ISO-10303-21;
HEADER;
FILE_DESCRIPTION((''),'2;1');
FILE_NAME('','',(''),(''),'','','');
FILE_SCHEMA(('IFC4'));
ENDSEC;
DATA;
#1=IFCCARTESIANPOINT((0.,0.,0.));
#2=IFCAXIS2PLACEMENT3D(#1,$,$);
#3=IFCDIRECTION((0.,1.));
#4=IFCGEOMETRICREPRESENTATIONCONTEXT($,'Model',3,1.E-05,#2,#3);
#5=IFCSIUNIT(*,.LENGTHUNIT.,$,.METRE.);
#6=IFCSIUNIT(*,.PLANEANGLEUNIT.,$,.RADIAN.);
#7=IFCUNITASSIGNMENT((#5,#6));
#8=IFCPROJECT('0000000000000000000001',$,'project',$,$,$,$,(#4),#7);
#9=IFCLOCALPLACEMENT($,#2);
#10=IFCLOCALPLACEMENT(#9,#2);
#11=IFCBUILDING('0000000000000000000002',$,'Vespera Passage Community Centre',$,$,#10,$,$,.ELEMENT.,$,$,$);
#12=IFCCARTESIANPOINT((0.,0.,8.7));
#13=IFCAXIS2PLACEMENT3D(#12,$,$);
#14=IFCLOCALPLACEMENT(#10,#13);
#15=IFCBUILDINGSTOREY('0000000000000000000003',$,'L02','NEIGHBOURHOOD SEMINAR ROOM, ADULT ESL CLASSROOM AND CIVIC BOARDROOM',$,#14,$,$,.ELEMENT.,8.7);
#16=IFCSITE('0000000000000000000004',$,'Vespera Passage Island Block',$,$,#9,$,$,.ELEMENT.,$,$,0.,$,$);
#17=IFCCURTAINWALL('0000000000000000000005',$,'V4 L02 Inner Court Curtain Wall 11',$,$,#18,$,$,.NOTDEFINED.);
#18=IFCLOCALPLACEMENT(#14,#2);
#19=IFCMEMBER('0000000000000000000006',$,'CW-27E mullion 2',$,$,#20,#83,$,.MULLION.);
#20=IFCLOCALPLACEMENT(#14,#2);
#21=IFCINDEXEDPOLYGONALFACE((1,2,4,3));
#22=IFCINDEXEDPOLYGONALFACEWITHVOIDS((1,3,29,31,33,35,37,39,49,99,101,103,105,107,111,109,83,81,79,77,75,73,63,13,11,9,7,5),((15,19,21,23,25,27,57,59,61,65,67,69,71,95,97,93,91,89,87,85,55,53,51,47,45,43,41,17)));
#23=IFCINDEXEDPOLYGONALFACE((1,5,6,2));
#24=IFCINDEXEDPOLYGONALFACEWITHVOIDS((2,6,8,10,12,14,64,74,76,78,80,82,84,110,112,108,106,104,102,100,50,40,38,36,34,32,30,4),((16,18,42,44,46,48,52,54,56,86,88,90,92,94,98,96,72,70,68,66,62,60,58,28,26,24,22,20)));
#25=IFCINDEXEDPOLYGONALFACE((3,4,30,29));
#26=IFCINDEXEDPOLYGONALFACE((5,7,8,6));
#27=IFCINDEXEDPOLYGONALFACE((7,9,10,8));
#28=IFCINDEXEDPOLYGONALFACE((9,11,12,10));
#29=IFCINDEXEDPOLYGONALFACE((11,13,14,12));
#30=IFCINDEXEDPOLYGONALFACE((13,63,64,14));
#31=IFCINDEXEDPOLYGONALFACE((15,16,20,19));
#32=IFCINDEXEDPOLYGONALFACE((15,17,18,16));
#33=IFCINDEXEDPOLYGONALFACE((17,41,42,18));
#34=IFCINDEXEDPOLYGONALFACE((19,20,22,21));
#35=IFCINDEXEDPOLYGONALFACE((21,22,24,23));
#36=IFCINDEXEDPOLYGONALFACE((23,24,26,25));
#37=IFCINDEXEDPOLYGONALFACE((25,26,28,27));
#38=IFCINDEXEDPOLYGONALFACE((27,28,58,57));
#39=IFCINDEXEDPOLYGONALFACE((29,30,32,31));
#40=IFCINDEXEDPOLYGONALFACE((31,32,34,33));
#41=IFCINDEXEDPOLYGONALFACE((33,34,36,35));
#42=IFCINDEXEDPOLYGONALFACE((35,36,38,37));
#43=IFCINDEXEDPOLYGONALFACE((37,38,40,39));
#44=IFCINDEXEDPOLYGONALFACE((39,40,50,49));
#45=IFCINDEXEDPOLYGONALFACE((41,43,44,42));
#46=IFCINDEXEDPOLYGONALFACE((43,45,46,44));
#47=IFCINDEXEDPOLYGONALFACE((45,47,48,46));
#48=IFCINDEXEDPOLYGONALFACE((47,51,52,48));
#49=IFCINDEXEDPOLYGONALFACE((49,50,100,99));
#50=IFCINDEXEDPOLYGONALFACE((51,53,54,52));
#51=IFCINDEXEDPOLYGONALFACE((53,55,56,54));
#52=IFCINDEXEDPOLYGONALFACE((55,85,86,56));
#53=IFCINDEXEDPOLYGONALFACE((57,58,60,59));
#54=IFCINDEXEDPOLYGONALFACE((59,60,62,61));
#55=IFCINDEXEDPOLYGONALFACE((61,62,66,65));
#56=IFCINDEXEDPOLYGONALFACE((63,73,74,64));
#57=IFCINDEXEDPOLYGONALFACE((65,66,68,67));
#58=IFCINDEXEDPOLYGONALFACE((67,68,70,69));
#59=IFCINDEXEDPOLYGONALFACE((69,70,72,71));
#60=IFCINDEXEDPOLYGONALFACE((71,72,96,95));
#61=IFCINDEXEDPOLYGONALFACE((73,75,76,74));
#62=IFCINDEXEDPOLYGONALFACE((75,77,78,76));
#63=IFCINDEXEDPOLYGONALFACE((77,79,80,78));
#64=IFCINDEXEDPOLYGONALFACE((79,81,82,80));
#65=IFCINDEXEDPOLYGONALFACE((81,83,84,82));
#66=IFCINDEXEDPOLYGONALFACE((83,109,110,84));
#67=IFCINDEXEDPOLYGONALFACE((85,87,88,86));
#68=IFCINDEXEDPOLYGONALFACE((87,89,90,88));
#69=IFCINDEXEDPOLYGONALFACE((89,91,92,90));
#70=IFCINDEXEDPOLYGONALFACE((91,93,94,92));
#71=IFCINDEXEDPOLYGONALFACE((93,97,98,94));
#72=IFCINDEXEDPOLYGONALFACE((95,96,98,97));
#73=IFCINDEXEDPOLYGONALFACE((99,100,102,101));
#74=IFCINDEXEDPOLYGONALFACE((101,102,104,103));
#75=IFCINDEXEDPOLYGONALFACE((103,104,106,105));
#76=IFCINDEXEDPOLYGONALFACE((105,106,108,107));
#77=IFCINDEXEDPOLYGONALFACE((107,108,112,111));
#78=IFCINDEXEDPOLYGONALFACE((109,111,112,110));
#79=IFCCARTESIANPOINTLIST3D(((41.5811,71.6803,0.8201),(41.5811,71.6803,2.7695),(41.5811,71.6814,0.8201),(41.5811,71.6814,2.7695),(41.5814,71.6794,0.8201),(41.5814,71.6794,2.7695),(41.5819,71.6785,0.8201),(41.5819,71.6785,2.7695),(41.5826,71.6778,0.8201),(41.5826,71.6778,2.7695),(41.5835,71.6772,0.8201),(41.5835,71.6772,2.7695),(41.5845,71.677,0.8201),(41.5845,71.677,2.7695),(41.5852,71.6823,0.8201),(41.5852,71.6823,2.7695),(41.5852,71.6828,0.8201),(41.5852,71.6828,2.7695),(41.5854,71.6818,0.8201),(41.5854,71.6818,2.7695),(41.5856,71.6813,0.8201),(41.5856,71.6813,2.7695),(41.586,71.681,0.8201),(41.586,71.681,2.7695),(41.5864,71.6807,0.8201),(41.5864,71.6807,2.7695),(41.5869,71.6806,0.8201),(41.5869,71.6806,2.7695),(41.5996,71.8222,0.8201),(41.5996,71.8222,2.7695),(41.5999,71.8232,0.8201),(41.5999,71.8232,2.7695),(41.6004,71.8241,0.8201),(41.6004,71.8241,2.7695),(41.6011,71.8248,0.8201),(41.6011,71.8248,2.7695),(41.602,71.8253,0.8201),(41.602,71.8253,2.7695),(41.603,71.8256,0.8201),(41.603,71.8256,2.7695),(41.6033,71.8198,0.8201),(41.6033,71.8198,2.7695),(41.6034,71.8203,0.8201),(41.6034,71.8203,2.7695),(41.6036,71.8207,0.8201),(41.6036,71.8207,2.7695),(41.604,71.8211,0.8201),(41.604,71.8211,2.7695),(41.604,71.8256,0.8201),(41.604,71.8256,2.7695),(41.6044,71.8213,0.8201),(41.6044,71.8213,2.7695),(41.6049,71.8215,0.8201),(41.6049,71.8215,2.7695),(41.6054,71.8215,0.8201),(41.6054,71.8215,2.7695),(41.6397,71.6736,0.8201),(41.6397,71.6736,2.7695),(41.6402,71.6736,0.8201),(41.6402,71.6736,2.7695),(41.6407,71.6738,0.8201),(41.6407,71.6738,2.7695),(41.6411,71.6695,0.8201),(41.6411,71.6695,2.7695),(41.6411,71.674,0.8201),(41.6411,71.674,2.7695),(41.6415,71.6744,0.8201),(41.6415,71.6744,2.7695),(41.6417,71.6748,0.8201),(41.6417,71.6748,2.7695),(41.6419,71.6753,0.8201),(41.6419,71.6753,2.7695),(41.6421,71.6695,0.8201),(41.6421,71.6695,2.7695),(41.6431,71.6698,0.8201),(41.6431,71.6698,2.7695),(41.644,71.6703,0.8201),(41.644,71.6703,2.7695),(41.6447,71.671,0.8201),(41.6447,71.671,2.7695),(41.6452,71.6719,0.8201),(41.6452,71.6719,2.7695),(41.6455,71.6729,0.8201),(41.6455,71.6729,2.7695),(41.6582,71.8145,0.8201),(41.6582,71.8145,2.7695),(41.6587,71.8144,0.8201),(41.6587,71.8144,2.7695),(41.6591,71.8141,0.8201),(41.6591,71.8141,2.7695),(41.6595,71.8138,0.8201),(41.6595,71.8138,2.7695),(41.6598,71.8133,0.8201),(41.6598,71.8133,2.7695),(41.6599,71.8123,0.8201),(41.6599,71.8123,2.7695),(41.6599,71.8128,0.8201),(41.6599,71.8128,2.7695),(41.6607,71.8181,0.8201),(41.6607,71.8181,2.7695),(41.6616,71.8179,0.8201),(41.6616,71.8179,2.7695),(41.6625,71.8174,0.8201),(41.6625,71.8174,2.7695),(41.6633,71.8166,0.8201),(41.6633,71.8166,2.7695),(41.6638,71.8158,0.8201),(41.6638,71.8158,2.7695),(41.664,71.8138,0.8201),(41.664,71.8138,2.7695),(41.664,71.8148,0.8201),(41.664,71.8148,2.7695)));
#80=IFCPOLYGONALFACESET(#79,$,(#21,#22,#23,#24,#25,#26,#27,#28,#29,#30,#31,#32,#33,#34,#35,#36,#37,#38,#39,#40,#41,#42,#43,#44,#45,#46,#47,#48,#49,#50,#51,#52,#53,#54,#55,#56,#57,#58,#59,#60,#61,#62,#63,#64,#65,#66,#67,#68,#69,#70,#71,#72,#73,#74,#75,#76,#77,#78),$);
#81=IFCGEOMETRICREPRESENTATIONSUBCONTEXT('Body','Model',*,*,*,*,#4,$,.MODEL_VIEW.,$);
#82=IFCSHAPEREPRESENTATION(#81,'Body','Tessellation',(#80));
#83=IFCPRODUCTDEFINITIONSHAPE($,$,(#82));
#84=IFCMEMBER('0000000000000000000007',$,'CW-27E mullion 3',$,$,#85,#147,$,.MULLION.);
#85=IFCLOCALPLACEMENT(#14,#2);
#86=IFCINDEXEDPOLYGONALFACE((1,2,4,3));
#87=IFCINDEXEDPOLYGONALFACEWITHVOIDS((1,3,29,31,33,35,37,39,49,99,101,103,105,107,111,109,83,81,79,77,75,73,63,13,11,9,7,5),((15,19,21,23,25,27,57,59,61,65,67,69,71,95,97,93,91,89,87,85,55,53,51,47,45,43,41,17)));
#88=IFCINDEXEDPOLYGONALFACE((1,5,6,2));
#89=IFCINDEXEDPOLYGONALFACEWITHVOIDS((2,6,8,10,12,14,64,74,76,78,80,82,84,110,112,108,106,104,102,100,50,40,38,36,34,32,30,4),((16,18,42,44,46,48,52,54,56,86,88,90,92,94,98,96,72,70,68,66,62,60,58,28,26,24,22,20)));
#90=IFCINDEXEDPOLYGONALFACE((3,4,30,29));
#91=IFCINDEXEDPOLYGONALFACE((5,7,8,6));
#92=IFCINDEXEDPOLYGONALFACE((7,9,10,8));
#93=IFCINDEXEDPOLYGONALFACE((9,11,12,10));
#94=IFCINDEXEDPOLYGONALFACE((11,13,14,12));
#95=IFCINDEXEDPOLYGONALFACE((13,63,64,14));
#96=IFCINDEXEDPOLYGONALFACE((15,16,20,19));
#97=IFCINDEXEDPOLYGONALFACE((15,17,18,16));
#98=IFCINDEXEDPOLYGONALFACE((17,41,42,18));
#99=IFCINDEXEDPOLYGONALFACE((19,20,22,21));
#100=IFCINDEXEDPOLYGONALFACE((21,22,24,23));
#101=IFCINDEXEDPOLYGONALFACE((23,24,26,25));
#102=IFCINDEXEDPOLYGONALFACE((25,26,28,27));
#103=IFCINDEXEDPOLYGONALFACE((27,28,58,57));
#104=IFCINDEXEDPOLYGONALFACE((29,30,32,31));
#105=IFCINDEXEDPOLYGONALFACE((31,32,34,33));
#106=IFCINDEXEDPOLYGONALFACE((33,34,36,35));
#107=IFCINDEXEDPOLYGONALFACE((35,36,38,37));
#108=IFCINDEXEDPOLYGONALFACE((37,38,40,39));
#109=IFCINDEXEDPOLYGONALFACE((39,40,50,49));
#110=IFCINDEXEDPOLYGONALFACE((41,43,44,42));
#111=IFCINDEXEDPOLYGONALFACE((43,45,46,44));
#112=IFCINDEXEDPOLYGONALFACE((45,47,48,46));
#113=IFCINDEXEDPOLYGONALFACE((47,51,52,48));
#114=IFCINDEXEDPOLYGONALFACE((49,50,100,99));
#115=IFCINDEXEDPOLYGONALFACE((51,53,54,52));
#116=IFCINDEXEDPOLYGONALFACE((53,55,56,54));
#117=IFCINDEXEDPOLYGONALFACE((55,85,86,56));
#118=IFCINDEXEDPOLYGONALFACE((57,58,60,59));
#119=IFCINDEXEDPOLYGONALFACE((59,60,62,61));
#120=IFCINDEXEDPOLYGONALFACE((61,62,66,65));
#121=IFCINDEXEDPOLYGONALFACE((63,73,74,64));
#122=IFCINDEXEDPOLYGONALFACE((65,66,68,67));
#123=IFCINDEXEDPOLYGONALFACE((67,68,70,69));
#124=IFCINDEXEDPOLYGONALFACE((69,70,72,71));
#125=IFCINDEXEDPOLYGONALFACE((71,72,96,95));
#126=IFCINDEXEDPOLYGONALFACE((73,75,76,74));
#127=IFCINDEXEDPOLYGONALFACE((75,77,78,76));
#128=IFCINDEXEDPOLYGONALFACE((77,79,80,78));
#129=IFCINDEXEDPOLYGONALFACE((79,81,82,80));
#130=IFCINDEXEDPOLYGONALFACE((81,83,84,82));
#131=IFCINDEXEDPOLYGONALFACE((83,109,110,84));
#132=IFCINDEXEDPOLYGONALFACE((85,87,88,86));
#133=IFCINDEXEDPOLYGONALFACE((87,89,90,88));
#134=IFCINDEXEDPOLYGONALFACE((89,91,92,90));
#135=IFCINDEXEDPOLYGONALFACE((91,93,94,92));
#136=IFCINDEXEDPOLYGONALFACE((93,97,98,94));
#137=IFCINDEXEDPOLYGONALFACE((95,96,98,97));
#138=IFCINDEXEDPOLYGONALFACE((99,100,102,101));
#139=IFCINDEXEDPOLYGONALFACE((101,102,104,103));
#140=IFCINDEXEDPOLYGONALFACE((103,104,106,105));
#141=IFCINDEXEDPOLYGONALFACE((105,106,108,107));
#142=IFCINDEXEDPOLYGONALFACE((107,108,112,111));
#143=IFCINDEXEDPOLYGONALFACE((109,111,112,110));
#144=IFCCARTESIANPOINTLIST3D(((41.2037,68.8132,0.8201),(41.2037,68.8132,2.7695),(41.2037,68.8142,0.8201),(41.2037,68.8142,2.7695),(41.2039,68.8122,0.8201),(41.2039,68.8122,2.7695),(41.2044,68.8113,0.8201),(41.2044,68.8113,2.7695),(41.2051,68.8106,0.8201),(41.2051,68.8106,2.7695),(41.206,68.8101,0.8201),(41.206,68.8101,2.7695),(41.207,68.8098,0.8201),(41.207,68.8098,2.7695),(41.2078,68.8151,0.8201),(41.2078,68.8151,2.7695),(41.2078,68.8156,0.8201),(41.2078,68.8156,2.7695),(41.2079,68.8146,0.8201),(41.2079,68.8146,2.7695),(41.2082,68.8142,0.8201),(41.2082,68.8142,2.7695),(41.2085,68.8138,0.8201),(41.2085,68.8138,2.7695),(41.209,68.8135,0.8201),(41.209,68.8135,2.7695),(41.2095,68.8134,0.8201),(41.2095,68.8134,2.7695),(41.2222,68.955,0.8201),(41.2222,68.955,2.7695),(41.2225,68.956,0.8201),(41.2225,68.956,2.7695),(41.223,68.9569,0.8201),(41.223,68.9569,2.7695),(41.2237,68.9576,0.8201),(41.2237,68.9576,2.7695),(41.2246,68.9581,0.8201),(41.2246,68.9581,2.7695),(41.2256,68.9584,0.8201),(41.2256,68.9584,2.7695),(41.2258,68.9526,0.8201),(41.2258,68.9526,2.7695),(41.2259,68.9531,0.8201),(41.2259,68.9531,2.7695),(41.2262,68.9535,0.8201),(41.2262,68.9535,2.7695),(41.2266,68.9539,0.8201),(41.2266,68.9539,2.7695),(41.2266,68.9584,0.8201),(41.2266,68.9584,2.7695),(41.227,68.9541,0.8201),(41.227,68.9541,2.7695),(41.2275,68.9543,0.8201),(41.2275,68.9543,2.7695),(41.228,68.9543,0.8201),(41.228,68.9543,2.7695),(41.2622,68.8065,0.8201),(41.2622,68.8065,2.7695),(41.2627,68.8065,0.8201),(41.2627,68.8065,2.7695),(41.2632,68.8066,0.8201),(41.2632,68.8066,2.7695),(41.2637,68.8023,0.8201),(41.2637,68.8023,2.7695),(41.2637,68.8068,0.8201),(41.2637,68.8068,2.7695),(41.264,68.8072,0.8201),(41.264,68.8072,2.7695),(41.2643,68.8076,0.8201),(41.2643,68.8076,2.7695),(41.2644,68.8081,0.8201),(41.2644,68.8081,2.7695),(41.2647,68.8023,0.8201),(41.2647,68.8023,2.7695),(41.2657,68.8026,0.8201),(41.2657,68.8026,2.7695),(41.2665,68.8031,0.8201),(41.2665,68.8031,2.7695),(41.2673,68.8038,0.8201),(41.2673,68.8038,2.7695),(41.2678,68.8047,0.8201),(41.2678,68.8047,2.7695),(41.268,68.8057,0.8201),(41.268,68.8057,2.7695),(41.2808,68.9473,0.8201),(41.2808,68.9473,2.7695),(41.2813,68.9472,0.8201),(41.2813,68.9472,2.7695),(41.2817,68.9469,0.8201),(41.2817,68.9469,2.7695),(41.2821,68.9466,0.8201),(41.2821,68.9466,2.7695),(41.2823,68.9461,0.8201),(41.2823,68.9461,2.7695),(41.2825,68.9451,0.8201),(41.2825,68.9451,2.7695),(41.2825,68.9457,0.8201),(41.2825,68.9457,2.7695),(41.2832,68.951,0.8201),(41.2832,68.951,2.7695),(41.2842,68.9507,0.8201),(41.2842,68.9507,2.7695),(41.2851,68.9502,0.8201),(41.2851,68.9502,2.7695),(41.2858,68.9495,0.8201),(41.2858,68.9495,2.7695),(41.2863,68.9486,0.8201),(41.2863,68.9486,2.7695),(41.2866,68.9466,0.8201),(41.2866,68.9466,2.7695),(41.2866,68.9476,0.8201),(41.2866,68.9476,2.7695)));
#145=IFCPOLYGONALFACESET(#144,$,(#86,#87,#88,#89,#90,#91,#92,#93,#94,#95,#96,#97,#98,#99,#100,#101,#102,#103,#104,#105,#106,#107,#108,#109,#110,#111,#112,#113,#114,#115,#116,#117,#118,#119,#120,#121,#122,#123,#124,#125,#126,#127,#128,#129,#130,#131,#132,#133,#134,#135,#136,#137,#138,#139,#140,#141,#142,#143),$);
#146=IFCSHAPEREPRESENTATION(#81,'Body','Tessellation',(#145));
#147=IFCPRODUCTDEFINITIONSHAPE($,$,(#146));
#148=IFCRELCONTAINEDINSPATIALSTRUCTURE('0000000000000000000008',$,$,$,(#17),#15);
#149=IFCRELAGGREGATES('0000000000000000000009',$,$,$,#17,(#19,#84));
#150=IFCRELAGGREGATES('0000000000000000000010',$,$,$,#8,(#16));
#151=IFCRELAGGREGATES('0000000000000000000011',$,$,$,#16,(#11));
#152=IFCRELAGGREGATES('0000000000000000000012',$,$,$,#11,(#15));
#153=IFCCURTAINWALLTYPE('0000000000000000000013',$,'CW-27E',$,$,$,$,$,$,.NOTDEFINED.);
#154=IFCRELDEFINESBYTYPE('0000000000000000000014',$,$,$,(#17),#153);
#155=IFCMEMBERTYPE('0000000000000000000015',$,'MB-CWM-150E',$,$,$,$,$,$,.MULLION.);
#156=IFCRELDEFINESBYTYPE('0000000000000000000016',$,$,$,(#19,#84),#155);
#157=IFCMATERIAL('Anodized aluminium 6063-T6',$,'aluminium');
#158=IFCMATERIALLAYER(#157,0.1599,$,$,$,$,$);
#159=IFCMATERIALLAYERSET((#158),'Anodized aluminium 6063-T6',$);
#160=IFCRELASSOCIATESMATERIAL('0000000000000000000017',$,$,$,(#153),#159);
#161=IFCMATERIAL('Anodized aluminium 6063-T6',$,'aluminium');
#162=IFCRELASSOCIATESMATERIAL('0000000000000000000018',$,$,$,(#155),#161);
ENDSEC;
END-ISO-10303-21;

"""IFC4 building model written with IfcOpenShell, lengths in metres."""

from ifc_helpers import new_model, si_unit, direction, frame, origin, origin_2d, place, context, subcontext, project, spatial, hollow_rectangle, extrude, material, layer, layer_set, material_profile, profile_set, type_object, element, aggregate, save


model = new_model("IFC4")

# Units and contexts
model_context = context("Model", 3, precision=1e-05, world=origin(), true_north=direction((0.0, 1.0)))
body_context = subcontext(model_context, "Body", "Model", "MODEL_VIEW")
ifc_project = project(units=[si_unit("LENGTHUNIT", "METRE"), si_unit("PLANEANGLEUNIT", "RADIAN")], contexts=[model_context])

# Site, building, storey
site_placement = place(None, origin())
site = spatial("IfcSite", under=ifc_project, at=site_placement, Name="Vespera Passage Island Block", CompositionType="ELEMENT", RefElevation=0.0)
building_placement = place(site_placement, origin())
building = spatial("IfcBuilding", under=site, at=building_placement, Name="Vespera Passage Community Centre", CompositionType="ELEMENT")
storey_placement = place(building_placement, frame((0.0, 0.0, 8.7)))
storey = spatial("IfcBuildingStorey", under=building, at=storey_placement, Name="L02", Description="NEIGHBOURHOOD SEMINAR ROOM, ADULT ESL CLASSROOM AND CIVIC BOARDROOM", CompositionType="ELEMENT", Elevation=8.7)

# Curtain wall, members
ifc_material_1 = material(Name="Anodized aluminium 6063-T6", Category="aluminium")
ifc_layer_1 = layer(ifc_material_1, 0.1599)
ifc_layer_set_1 = layer_set([ifc_layer_1], Name="Anodized aluminium 6063-T6")
curtain_wall_type_1 = type_object("IfcCurtainWallType", Name="CW-27E", PredefinedType="NOTDEFINED", material=ifc_layer_set_1)
curtain_wall_1_placement = place(storey_placement, origin())
curtain_wall_1 = element("IfcCurtainWall", 1, at=curtain_wall_1_placement, inside=storey, type_object=curtain_wall_type_1, Name="V4 L02 Inner Court Curtain Wall 11", PredefinedType="NOTDEFINED")
ifc_material_2 = material(Name="Anodized aluminium 6063-T6", Category="aluminium")
ifc_material_profile_1 = material_profile(ifc_material_2, hollow_rectangle(XDim=0.0649, YDim=0.1499, WallThickness=0.0039, InnerFilletRadius=0.002, OuterFilletRadius=0.0039, at=origin_2d()), Name="ALU150X65X4")
ifc_profile_set_1 = profile_set([ifc_material_profile_1], Name="Anodized aluminium 6063-T6")
member_type_1 = type_object("IfcMemberType", Name="MB-CWM-150E", PredefinedType="MULLION", material=ifc_profile_set_1)
member_1_placement = place(storey_placement, frame((41.6226, 71.7476, 0.8201), z_axis=(0.0, 0.0, 1.0), x_axis=(0.991445, -0.130522, 0.0)))
member_1 = element("IfcMember", 2, at=member_1_placement, type_object=member_type_1, Name="CW-27E mullion 2", PredefinedType="MULLION", context=body_context, shape_type="SweptSolid", body=[
    extrude(hollow_rectangle(XDim=0.0649, YDim=0.1499, WallThickness=0.0039, InnerFilletRadius=0.002, OuterFilletRadius=0.0039, at=origin_2d()), origin(), (0.0, 0.0, 1.0), 1.9495),
])
member_2_placement = place(storey_placement, frame((41.2451, 68.8804, 0.8201), z_axis=(0.0, 0.0, 1.0), x_axis=(0.991445, -0.130522, 0.0)))
member_2 = element("IfcMember", 3, at=member_2_placement, type_object=member_type_1, Name="CW-27E mullion 3", PredefinedType="MULLION", context=body_context, shape_type="SweptSolid", body=[
    extrude(hollow_rectangle(XDim=0.0649, YDim=0.1499, WallThickness=0.0039, InnerFilletRadius=0.002, OuterFilletRadius=0.0039, at=origin_2d()), origin(), (0.0, 0.0, 1.0), 1.9495),
])

aggregate(curtain_wall_1, [member_1, member_2])

save(model, "model.ifc")
